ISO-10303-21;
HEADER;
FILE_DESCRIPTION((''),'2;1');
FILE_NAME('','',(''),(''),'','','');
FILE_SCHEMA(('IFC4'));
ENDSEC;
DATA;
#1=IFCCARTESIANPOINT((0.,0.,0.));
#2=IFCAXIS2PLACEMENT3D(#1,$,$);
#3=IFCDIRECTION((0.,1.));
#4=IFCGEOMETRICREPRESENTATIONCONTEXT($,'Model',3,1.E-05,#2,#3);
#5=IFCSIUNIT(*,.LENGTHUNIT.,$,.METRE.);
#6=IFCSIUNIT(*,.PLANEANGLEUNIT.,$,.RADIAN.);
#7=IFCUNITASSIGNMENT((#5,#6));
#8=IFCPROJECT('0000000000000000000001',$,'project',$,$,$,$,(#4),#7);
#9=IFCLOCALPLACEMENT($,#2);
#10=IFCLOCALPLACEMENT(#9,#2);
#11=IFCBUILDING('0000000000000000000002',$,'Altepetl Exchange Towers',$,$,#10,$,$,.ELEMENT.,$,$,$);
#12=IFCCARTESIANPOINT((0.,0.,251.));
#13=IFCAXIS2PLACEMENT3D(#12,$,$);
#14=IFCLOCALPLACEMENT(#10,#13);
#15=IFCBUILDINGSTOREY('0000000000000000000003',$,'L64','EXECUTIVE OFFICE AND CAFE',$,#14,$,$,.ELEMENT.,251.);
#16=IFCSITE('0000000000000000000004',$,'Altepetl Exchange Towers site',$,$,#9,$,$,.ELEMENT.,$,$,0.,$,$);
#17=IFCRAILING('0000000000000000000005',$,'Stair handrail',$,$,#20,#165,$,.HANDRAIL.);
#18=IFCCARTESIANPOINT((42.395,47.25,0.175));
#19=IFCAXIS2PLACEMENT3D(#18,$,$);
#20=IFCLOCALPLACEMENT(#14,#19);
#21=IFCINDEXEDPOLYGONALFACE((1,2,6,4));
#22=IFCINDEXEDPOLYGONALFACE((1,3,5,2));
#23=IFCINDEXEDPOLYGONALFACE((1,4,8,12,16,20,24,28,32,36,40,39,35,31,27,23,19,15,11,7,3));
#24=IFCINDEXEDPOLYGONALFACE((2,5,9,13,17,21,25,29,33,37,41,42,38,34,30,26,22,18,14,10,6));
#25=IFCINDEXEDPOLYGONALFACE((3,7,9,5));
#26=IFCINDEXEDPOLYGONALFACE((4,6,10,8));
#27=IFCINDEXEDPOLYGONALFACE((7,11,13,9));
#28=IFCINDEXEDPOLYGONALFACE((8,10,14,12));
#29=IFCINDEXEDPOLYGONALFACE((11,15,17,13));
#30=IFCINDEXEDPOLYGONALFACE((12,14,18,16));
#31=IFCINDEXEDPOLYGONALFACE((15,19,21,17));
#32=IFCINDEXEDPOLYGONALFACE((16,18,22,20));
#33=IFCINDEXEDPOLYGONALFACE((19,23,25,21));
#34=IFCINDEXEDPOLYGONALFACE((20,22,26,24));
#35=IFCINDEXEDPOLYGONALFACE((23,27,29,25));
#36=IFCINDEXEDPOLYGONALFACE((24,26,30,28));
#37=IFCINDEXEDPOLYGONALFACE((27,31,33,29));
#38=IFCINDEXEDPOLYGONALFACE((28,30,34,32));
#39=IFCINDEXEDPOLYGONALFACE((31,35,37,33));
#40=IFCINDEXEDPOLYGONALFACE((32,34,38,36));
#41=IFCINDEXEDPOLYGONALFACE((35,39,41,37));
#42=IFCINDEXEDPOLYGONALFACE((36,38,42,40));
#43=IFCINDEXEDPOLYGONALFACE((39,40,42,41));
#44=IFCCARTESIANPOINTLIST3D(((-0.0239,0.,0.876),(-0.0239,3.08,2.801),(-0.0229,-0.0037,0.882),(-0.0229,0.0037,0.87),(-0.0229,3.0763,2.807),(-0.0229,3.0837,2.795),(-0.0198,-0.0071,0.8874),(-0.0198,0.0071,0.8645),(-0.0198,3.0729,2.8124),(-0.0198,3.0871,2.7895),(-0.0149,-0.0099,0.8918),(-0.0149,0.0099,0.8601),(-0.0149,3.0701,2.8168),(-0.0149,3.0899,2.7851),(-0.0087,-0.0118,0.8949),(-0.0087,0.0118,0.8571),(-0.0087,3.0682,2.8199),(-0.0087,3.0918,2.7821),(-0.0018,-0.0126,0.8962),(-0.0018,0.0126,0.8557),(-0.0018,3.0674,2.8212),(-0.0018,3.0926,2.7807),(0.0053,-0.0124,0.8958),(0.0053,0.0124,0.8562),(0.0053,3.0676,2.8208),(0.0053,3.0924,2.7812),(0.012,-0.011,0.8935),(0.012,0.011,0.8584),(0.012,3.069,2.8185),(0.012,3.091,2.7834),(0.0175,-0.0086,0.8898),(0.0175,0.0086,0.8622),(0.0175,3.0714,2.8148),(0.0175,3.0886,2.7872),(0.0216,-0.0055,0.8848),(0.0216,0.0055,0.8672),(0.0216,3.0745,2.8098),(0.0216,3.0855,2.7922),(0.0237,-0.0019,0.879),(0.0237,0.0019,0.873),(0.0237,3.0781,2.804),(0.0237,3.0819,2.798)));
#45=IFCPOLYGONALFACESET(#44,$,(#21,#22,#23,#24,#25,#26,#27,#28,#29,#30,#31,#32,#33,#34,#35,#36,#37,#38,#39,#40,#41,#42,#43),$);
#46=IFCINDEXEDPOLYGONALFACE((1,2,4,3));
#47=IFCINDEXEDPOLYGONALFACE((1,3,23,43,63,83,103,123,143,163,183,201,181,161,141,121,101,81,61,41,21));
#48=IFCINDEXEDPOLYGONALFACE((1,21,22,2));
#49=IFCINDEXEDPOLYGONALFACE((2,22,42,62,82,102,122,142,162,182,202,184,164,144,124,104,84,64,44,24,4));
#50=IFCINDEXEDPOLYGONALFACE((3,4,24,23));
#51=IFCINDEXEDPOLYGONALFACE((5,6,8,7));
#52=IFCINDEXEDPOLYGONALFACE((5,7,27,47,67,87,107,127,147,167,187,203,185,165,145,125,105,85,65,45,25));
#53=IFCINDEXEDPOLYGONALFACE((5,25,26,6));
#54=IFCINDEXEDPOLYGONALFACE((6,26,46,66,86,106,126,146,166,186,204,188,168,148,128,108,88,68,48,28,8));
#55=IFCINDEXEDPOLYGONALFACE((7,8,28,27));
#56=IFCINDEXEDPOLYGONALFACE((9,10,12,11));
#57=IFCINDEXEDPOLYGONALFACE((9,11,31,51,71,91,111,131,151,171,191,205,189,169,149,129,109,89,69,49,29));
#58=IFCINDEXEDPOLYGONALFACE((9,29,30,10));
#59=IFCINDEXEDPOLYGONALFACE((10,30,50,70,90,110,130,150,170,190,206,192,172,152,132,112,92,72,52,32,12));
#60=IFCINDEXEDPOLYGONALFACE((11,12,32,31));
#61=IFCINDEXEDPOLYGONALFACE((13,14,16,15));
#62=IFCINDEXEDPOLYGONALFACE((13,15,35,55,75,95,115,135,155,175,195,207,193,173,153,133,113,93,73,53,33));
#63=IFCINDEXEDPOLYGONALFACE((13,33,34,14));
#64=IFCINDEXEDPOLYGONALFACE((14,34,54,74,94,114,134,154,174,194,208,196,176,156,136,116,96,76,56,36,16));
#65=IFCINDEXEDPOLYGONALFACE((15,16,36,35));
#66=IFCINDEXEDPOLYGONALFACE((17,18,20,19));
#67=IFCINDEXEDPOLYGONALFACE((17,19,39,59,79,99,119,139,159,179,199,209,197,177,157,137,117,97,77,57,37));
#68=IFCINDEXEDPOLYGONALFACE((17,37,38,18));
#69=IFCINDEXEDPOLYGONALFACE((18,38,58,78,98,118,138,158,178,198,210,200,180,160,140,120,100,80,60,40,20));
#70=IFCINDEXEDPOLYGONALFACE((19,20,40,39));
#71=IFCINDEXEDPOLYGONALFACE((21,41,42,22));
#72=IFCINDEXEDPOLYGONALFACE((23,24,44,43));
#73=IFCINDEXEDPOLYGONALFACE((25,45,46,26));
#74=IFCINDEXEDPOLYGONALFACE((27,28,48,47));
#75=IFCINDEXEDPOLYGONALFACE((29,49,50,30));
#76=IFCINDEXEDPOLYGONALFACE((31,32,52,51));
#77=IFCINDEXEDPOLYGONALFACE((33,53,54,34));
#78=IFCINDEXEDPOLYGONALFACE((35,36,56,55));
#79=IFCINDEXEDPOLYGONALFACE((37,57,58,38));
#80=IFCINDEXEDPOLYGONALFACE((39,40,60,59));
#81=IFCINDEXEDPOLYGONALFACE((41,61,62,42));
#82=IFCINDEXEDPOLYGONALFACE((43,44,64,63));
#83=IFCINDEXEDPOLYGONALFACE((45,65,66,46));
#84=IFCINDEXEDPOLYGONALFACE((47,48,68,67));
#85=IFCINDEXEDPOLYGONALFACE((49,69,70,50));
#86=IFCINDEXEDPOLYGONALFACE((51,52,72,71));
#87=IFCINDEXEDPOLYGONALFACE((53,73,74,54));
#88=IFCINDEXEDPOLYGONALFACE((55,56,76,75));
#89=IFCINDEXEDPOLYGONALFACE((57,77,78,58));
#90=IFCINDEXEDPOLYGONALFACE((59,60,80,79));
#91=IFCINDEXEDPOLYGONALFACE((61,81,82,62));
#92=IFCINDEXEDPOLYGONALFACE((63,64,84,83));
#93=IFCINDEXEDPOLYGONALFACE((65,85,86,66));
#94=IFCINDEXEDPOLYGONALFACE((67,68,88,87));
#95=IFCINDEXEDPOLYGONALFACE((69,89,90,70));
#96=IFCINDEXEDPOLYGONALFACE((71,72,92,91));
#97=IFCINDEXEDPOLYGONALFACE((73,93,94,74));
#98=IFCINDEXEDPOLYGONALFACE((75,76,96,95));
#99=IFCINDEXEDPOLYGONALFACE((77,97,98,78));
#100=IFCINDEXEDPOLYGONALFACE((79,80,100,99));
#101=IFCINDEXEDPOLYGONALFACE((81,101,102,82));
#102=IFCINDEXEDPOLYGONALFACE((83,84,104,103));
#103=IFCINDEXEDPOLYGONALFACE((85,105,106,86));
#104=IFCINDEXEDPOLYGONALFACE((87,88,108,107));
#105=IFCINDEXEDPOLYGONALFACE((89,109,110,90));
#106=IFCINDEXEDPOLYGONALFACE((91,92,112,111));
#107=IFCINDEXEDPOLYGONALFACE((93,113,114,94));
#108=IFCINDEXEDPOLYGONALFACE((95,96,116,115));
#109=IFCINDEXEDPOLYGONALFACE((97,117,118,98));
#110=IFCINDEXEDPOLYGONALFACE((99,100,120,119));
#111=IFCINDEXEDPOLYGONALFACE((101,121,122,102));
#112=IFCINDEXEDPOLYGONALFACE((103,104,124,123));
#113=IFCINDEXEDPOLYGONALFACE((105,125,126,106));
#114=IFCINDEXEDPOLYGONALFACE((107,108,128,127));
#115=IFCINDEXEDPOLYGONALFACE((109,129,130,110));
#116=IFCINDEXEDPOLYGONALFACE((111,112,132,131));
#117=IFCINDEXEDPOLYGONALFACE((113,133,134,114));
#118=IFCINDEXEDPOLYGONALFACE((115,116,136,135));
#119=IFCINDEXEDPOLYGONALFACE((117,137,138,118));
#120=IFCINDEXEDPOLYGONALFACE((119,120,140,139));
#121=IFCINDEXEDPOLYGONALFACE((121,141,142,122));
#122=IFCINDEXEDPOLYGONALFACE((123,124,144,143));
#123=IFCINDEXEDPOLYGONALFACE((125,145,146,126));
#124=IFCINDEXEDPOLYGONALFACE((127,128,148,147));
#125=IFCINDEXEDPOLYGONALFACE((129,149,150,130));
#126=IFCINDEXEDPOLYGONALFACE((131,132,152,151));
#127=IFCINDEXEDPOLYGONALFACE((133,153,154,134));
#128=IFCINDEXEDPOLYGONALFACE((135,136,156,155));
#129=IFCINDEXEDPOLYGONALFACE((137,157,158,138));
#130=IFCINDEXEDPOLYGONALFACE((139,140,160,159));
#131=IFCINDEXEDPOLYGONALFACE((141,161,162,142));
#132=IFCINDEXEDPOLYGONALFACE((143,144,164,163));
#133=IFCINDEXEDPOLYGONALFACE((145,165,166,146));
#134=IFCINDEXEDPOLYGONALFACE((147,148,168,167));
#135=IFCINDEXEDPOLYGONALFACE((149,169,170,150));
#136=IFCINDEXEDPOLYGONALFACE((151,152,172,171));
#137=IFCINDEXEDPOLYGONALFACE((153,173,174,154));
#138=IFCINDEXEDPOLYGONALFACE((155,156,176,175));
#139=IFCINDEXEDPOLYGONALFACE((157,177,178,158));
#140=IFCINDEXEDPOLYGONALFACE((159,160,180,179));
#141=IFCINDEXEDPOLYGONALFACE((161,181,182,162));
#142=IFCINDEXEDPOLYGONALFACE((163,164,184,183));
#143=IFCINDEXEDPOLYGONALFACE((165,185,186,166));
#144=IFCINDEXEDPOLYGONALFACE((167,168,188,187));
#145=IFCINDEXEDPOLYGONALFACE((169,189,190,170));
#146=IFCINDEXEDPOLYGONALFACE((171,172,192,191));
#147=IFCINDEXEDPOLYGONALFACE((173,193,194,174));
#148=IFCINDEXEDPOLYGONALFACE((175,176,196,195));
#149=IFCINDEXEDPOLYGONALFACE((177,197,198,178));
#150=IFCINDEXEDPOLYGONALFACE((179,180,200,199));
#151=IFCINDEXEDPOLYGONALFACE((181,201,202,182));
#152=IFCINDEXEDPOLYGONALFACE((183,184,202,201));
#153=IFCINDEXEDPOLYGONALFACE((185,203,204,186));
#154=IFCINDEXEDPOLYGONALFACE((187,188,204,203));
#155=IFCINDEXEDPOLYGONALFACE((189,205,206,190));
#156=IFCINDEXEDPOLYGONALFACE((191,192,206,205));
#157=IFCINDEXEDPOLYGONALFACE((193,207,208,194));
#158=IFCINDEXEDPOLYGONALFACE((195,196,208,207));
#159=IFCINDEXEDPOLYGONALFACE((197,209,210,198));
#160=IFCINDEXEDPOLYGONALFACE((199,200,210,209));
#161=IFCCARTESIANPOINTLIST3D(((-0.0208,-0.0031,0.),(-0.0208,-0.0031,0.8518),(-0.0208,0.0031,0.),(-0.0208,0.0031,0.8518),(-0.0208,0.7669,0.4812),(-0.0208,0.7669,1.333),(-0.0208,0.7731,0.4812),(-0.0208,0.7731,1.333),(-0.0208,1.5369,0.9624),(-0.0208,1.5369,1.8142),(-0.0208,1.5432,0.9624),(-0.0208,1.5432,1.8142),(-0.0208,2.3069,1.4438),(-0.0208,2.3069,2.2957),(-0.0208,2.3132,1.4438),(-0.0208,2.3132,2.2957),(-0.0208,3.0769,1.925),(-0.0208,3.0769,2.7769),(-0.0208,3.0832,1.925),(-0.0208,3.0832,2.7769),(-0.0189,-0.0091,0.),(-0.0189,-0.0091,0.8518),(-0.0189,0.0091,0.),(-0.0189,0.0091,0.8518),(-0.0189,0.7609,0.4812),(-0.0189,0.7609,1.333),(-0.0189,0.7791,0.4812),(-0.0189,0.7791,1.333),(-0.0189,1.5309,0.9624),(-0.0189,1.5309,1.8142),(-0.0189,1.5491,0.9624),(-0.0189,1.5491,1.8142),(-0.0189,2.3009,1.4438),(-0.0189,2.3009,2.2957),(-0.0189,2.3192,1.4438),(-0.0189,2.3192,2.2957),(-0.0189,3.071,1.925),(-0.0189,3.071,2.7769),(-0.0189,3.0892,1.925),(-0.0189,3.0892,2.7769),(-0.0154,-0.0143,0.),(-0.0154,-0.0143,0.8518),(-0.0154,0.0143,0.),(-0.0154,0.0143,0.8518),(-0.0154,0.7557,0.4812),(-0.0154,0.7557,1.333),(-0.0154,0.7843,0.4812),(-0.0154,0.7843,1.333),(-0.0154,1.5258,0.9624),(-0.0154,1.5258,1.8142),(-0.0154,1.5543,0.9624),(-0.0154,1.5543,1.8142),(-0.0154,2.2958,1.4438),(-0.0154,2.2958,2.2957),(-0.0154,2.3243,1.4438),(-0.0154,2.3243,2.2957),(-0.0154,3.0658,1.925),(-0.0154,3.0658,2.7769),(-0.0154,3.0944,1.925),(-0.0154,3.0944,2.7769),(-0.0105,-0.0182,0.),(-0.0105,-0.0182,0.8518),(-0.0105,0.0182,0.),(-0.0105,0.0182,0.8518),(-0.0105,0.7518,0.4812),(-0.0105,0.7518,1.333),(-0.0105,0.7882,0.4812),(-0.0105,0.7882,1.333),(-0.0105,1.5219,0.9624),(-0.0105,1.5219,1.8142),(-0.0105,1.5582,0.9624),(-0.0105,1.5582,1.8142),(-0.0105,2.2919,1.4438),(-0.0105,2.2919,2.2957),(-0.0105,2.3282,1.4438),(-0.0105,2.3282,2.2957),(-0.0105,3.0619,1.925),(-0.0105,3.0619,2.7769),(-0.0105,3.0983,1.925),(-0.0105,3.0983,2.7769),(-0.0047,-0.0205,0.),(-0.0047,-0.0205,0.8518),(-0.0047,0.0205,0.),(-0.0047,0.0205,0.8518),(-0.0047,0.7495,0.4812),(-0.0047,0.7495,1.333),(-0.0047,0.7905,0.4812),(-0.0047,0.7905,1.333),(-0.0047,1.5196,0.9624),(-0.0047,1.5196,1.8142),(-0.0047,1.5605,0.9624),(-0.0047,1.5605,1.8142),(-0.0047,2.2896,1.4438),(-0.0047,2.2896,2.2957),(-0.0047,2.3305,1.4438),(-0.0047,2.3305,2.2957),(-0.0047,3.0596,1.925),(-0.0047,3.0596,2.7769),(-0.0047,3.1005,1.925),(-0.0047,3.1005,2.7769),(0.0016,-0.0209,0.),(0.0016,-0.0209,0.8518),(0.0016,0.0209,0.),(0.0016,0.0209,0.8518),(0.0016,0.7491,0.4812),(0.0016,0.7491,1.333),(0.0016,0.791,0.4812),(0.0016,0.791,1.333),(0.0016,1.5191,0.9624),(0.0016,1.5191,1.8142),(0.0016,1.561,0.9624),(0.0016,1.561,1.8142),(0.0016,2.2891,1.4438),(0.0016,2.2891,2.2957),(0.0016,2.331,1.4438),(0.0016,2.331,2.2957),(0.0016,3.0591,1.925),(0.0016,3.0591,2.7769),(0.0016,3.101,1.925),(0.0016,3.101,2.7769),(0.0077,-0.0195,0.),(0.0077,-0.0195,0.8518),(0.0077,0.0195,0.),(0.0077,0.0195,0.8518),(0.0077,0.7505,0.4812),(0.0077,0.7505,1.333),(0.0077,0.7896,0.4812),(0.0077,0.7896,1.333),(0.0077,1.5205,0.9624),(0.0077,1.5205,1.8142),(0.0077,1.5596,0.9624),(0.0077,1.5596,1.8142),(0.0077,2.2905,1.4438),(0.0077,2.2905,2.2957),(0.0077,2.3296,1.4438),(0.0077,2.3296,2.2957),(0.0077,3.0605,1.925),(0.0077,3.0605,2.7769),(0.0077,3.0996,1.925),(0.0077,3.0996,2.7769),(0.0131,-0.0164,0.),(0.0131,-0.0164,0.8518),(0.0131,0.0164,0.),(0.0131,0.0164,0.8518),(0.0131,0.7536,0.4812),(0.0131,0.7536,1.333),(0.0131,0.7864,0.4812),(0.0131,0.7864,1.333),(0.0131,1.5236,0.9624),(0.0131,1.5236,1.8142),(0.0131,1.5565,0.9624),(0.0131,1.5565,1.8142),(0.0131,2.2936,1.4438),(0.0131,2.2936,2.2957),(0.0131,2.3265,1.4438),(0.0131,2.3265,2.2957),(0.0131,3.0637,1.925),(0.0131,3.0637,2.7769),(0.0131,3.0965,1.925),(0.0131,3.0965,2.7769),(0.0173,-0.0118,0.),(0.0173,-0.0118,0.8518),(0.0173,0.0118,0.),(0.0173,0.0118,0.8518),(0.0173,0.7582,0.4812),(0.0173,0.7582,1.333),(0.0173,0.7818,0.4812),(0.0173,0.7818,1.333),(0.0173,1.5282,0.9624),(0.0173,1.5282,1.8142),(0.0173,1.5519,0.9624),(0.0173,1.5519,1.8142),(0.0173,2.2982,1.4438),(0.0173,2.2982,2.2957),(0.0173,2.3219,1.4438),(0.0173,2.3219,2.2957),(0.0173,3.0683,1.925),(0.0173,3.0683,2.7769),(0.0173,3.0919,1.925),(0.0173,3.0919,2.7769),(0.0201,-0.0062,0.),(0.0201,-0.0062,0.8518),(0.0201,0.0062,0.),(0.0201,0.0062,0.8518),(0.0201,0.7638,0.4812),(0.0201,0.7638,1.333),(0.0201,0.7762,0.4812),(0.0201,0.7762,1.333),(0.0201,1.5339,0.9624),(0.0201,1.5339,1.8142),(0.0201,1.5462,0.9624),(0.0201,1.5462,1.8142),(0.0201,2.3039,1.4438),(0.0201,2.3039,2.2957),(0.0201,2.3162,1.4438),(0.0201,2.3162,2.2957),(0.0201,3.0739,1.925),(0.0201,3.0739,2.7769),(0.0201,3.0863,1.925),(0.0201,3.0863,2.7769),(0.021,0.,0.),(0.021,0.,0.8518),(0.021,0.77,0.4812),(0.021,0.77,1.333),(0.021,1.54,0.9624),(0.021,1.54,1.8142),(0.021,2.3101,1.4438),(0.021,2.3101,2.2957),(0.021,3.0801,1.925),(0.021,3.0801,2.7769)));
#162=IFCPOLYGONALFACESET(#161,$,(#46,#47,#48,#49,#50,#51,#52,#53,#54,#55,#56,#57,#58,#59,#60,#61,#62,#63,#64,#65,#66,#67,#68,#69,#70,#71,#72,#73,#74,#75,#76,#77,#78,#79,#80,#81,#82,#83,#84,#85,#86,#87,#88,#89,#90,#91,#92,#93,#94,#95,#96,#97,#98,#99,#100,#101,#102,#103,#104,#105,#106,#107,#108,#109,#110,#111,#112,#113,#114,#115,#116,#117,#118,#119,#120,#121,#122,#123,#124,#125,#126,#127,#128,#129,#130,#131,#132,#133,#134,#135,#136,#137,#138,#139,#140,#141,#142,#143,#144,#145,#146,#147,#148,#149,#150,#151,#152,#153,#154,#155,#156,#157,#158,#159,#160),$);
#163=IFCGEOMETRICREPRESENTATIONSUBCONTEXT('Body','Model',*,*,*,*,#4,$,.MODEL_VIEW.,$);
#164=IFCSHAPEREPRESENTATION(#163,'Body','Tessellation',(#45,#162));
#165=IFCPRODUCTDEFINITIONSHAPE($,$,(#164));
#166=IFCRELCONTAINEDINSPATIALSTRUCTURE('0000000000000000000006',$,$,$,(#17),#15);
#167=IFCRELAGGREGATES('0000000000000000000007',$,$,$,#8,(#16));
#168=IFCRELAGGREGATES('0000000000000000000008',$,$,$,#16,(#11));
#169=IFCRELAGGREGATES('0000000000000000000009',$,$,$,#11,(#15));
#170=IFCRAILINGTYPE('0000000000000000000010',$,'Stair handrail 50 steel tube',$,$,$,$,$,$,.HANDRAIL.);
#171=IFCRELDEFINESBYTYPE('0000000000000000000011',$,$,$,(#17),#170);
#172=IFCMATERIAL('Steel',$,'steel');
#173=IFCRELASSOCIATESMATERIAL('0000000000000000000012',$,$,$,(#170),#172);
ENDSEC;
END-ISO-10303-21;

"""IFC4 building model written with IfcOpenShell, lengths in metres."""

from ifc_helpers import new_model, si_unit, direction, frame, origin, origin_2d, place, context, subcontext, project, spatial, circle, extrude, source, transform, mapped, material, type_object, element, save


model = new_model("IFC4")

# Units and contexts
model_context = context("Model", 3, precision=1e-05, world=origin(), true_north=direction((0.0, 1.0)))
body_context = subcontext(model_context, "Body", "Model", "MODEL_VIEW")
ifc_project = project(units=[si_unit("LENGTHUNIT", "METRE"), si_unit("PLANEANGLEUNIT", "RADIAN")], contexts=[model_context])

# Site, building, storey
site_placement = place(None, origin())
site = spatial("IfcSite", under=ifc_project, at=site_placement, Name="Altepetl Exchange Towers site", CompositionType="ELEMENT", RefElevation=0.0)
building_placement = place(site_placement, origin())
building = spatial("IfcBuilding", under=site, at=building_placement, Name="Altepetl Exchange Towers", CompositionType="ELEMENT")
storey_placement = place(building_placement, frame((0.0, 0.0, 251.0)))
storey = spatial("IfcBuildingStorey", under=building, at=storey_placement, Name="L64", Description="EXECUTIVE OFFICE AND CAFE", CompositionType="ELEMENT", Elevation=251.0)

# Railing
ifc_material_1 = material(Name="Steel", Category="steel")
railing_type = type_object("IfcRailingType", Name="Stair handrail 50 steel tube", PredefinedType="HANDRAIL", material=ifc_material_1)
shared_shape = source(origin(), body_context, "Body", "SweptSolid", [
    extrude(circle(Radius=0.021, at=origin_2d()), origin(), (0.0, 0.0, 1.0), 0.8518),
])
railing_1_placement = place(storey_placement, frame((42.395, 47.25, 0.175)))
element("IfcRailing", 1, at=railing_1_placement, inside=storey, type_object=railing_type, Name="Stair handrail", PredefinedType="HANDRAIL", context=body_context, shape_type="SweptSolid", body=[
    extrude(circle(Radius=0.0239, at=origin_2d()), frame((0.0, 0.0, 0.876), z_axis=(0.0, 0.847998, 0.529999), x_axis=(-1.0, 0.0, 0.0)), (0.0, 0.0, 1.0), 3.6321),
    mapped(shared_shape, transform((0.0, 0.0, 0.0))),
    mapped(shared_shape, transform((0.0, 0.77, 0.4812))),
    mapped(shared_shape, transform((0.0, 1.54, 0.9624))),
    mapped(shared_shape, transform((0.0, 2.3101, 1.4438))),
    mapped(shared_shape, transform((0.0, 3.0801, 1.925))),
])

save(model, "model.ifc")
